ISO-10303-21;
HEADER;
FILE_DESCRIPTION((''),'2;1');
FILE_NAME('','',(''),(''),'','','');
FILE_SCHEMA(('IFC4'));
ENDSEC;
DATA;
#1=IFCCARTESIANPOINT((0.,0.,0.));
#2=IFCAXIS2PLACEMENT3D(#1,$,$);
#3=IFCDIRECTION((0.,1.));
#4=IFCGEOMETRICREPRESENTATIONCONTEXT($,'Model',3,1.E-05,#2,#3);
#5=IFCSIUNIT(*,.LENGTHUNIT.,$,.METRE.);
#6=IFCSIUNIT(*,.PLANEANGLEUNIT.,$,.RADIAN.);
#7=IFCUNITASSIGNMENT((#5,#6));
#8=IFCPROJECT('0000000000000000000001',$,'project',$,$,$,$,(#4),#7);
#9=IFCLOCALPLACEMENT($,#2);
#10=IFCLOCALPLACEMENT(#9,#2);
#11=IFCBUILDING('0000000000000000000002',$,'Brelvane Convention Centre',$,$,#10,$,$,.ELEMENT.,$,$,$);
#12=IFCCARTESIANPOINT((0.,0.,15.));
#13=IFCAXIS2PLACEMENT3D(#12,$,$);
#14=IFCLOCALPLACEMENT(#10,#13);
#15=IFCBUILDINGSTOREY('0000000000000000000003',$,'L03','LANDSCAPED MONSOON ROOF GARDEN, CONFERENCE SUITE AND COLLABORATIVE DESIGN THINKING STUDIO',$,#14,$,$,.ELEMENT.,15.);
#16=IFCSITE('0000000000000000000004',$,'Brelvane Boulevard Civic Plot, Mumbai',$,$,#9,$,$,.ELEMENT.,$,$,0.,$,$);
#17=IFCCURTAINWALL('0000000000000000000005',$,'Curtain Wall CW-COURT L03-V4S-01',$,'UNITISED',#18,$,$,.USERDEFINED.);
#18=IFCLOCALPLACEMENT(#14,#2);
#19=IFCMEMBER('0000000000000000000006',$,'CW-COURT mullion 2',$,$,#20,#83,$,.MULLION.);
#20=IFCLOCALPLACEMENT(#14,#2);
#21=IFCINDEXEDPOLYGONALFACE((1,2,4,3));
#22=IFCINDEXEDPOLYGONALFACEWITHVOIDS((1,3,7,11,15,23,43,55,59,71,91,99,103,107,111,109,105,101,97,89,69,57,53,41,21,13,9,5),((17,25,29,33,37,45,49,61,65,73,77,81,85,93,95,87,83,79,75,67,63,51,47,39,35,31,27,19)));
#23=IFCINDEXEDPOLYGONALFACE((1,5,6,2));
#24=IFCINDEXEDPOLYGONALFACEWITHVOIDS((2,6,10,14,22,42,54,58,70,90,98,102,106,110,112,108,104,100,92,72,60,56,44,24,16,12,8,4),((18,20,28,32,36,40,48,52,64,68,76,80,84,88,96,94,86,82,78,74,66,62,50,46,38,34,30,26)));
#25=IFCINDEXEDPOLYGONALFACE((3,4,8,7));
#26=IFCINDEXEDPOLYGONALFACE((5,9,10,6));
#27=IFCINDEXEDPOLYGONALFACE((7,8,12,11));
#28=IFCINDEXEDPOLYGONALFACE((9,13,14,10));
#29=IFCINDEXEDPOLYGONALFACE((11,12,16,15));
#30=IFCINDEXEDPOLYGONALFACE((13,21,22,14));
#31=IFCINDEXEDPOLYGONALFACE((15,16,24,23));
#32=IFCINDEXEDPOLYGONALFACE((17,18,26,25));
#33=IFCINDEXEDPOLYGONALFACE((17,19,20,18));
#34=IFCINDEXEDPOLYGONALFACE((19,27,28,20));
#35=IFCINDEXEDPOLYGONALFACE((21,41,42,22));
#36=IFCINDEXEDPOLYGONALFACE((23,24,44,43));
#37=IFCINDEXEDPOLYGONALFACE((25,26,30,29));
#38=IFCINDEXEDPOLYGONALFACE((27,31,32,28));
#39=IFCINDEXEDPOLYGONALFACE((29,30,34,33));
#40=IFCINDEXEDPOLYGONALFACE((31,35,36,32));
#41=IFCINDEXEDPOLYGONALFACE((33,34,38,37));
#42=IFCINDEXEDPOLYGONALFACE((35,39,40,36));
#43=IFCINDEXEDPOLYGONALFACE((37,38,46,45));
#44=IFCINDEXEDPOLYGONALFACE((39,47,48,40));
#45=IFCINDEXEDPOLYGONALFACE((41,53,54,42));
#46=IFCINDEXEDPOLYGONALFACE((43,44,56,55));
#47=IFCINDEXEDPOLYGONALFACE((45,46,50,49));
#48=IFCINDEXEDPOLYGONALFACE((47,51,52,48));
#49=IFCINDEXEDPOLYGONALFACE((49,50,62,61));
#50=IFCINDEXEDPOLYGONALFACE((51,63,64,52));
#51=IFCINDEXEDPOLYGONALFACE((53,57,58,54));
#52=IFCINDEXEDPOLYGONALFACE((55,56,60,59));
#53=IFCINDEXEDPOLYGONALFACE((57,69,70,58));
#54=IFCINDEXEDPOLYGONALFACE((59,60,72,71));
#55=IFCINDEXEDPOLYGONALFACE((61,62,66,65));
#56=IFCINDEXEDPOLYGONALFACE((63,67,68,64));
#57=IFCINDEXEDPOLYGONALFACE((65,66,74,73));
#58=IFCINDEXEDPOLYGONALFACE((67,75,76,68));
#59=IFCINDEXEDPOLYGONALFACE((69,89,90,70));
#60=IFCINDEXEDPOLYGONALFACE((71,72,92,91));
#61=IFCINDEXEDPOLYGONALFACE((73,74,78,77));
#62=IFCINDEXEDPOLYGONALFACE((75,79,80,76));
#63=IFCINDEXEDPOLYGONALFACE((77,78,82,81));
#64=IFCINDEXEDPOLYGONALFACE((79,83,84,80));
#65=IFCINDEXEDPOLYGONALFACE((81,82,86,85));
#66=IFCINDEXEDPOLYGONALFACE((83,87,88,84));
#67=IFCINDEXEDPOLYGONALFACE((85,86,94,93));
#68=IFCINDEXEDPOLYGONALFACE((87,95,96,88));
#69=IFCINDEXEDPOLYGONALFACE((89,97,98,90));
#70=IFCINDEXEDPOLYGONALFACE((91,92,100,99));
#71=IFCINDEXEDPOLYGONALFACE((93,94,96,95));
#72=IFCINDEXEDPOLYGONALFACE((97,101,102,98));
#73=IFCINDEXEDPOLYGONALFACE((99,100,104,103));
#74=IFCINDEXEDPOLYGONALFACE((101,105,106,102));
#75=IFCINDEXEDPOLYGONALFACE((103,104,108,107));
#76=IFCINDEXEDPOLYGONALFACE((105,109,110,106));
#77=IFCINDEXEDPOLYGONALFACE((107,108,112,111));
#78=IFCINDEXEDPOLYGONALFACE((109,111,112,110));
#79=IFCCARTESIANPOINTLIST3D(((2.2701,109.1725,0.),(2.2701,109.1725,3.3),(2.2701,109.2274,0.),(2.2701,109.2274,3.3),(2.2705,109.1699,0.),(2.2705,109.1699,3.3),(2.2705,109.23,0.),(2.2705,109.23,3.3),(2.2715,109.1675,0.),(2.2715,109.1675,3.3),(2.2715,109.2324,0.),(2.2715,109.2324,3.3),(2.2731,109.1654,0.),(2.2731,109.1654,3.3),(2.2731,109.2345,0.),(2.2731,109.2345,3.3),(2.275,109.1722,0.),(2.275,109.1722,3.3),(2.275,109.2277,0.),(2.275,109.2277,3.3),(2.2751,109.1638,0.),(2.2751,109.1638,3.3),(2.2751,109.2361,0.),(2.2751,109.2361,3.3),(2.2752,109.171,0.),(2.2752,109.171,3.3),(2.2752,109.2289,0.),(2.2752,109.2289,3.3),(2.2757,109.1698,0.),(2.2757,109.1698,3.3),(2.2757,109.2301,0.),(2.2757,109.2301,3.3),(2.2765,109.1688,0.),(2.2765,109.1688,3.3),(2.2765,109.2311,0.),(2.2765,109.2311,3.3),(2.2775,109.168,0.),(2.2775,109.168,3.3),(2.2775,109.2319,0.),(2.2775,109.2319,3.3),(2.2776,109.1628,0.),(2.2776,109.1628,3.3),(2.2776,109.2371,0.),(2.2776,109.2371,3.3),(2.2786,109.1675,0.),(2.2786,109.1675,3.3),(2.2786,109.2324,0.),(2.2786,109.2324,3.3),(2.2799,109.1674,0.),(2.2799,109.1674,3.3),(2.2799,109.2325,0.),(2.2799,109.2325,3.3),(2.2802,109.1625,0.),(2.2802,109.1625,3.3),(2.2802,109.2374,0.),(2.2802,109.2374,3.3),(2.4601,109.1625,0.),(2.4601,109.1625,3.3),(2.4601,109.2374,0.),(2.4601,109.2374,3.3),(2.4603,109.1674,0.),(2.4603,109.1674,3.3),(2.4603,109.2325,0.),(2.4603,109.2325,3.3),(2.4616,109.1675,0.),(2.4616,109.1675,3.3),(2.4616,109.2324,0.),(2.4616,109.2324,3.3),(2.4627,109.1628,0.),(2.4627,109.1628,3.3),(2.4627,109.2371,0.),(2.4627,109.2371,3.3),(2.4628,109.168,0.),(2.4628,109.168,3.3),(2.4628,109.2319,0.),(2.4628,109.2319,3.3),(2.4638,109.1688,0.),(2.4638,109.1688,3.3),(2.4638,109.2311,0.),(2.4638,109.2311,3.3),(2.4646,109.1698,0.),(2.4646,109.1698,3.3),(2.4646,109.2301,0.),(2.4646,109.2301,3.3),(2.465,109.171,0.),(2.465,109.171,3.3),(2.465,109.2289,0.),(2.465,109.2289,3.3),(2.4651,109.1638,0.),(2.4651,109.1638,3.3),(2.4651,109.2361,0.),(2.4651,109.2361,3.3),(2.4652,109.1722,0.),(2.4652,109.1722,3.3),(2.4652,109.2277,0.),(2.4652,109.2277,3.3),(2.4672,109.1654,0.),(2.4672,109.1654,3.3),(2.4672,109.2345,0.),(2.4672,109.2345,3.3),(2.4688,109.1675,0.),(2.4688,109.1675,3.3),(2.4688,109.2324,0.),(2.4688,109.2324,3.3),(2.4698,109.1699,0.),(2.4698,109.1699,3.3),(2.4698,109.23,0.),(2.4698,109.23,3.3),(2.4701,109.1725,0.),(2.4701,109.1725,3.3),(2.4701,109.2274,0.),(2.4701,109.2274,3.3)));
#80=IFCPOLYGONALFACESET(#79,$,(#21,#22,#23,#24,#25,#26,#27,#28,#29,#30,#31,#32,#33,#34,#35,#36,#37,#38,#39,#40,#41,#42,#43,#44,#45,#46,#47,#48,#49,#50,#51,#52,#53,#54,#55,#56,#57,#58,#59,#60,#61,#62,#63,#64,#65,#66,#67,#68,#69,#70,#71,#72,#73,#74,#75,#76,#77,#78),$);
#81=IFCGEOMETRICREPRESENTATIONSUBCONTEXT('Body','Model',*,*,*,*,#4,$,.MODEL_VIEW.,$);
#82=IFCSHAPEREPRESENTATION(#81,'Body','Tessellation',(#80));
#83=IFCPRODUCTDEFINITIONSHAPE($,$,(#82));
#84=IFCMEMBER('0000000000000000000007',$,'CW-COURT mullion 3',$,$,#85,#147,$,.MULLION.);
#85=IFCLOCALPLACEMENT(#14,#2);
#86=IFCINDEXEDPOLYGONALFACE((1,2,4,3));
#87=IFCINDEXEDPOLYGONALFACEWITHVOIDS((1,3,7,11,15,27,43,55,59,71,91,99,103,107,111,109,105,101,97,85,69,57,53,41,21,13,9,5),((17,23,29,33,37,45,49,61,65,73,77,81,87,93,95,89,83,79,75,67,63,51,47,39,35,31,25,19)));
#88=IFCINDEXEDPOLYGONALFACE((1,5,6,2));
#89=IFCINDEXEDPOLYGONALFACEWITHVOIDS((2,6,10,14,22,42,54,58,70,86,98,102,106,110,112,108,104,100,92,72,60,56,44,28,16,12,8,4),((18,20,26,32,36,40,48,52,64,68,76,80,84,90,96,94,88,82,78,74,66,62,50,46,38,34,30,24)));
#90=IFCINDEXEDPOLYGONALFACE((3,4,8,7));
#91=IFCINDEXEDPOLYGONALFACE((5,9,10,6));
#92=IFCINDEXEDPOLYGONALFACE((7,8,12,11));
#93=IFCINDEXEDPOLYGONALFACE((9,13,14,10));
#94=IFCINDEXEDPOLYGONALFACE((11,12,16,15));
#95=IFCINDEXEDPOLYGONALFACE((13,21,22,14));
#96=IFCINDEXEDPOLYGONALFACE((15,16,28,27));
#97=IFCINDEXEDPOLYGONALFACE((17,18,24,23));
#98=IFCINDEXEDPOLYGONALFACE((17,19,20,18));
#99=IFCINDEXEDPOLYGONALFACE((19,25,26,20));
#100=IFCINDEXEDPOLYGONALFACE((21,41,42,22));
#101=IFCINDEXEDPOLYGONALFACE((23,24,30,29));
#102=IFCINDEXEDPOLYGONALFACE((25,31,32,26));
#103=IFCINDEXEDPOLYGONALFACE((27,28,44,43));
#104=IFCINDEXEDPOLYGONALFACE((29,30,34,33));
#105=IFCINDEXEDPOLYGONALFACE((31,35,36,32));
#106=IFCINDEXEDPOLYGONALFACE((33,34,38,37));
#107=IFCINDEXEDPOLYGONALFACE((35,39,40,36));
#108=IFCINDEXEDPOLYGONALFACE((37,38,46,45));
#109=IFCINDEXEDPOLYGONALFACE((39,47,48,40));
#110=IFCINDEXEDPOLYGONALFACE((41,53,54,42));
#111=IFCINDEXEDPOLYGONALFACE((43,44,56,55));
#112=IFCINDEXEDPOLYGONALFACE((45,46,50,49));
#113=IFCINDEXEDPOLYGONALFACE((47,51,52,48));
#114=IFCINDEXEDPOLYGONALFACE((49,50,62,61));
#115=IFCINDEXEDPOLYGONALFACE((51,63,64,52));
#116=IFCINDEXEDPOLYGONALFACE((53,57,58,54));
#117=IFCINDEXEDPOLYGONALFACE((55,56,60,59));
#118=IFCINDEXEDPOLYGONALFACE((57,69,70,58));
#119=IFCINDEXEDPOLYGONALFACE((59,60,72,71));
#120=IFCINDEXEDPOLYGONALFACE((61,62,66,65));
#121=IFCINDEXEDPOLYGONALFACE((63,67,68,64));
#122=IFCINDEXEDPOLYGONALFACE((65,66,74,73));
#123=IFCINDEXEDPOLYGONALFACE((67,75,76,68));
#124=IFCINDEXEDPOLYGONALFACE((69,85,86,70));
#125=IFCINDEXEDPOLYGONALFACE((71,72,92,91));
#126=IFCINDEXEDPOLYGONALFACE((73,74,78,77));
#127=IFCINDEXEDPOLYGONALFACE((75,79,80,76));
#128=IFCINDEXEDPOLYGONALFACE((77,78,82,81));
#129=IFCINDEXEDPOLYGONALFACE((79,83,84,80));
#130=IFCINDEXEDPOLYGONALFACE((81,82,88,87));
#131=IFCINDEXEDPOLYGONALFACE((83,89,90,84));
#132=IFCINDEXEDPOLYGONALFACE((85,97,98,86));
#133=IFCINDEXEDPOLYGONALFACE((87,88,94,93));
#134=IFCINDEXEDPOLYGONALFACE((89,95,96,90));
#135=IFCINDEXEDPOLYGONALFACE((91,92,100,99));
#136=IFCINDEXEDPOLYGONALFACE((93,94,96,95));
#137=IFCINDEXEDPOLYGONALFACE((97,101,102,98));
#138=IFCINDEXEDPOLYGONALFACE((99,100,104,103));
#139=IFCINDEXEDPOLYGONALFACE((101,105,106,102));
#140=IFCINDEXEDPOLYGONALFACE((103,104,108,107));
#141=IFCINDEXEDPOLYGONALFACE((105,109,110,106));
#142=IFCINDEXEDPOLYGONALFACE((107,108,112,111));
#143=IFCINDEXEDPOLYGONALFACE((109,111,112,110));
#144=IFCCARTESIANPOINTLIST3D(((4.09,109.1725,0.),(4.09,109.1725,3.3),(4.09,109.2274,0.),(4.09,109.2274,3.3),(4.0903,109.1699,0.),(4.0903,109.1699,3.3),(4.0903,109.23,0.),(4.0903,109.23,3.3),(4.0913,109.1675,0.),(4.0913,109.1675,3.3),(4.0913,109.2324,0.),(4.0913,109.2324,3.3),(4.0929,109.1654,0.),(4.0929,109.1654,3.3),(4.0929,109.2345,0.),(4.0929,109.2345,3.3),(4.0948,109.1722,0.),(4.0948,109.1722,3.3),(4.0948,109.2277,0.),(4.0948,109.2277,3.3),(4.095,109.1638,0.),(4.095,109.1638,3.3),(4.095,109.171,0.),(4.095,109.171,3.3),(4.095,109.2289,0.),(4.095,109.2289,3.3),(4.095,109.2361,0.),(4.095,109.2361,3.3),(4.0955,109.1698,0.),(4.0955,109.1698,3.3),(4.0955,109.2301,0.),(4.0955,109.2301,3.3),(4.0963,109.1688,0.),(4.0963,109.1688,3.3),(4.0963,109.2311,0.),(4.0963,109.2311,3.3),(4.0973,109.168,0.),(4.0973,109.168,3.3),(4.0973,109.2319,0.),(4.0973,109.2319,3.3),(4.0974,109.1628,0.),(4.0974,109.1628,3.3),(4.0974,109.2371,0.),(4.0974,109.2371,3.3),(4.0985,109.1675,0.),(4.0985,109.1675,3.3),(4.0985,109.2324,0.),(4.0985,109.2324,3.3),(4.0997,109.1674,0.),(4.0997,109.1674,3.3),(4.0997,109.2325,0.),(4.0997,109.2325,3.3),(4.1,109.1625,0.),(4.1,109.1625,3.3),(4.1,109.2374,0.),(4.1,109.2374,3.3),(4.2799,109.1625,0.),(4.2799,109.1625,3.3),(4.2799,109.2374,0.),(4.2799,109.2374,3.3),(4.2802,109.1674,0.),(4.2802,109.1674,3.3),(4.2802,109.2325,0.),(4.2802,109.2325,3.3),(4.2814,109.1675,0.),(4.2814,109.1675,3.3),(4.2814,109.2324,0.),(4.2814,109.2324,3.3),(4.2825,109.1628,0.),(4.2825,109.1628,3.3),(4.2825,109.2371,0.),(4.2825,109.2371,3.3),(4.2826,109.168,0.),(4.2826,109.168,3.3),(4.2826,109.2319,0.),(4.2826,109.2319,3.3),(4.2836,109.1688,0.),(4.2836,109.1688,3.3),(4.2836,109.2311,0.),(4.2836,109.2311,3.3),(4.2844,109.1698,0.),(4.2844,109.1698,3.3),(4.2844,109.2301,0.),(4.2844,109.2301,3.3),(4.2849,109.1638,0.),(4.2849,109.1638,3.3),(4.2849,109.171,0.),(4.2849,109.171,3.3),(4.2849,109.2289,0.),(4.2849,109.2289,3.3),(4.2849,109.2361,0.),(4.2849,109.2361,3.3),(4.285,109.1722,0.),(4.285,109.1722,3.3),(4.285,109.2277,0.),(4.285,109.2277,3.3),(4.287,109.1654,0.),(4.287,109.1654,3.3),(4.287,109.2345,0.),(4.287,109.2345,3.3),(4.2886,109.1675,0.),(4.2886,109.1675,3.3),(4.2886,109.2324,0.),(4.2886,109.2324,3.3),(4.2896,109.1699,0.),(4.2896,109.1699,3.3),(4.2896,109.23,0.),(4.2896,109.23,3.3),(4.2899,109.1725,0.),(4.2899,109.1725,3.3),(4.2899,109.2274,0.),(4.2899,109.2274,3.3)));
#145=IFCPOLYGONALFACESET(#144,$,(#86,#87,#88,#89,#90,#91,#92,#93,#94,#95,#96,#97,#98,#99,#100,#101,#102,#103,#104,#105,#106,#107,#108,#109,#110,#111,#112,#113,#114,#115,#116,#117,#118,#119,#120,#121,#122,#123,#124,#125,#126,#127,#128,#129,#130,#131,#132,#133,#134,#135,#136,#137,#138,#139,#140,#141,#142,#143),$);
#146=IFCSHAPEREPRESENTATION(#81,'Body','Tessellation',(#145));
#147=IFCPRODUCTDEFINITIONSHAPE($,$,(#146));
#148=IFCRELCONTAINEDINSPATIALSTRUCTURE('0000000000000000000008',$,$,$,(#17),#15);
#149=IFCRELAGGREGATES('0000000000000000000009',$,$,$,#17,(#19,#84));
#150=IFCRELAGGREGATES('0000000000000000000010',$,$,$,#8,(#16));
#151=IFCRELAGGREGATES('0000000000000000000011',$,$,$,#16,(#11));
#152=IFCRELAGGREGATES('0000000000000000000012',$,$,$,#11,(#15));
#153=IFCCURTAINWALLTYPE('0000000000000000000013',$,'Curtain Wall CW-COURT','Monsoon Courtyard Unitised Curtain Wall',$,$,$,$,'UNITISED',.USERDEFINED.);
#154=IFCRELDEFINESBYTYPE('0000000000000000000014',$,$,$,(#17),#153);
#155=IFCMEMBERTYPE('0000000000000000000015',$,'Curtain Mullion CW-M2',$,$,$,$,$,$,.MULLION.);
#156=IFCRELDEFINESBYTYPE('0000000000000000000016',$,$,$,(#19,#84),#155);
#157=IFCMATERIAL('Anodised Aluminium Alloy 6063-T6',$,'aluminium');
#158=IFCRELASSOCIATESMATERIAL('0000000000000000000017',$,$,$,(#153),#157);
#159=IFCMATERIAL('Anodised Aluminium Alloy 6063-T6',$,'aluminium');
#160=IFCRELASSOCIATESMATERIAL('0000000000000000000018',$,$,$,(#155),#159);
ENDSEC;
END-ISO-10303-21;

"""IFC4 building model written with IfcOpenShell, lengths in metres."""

from ifc_helpers import new_model, si_unit, direction, frame, origin, origin_2d, place, context, subcontext, project, spatial, hollow_rectangle, extrude, material, material_profile, profile_set, type_object, element, aggregate, save


model = new_model("IFC4")

# Units and contexts
model_context = context("Model", 3, precision=1e-05, world=origin(), true_north=direction((0.0, 1.0)))
body_context = subcontext(model_context, "Body", "Model", "MODEL_VIEW")
ifc_project = project(units=[si_unit("LENGTHUNIT", "METRE"), si_unit("PLANEANGLEUNIT", "RADIAN")], contexts=[model_context])

# Site, building, storey
site_placement = place(None, origin())
site = spatial("IfcSite", under=ifc_project, at=site_placement, Name="Brelvane Boulevard Civic Plot, Mumbai", CompositionType="ELEMENT", RefElevation=0.0)
building_placement = place(site_placement, origin())
building = spatial("IfcBuilding", under=site, at=building_placement, Name="Brelvane Convention Centre", CompositionType="ELEMENT")
storey_placement = place(building_placement, frame((0.0, 0.0, 15.0)))
storey = spatial("IfcBuildingStorey", under=building, at=storey_placement, Name="L03", Description="LANDSCAPED MONSOON ROOF GARDEN, CONFERENCE SUITE AND COLLABORATIVE DESIGN THINKING STUDIO", CompositionType="ELEMENT", Elevation=15.0)

# Curtain wall, members
ifc_material_1 = material(Name="Anodised Aluminium Alloy 6063-T6", Category="aluminium")
curtain_wall_type = type_object("IfcCurtainWallType", Name="Curtain Wall CW-COURT", Description="Monsoon Courtyard Unitised Curtain Wall", ElementType="UNITISED", PredefinedType="USERDEFINED", material=ifc_material_1)
curtain_wall_placement = place(storey_placement, origin())
curtain_wall = element("IfcCurtainWall", 1, at=curtain_wall_placement, inside=storey, type_object=curtain_wall_type, Name="Curtain Wall CW-COURT L03-V4S-01", ObjectType="UNITISED", PredefinedType="USERDEFINED")
ifc_material_2 = material(Name="Anodised Aluminium Alloy 6063-T6", Category="aluminium")
ifc_material_profile_1 = material_profile(ifc_material_2, hollow_rectangle(XDim=0.075, YDim=0.2, WallThickness=0.0049, InnerFilletRadius=0.0049, OuterFilletRadius=0.01, at=origin_2d()), Name="ALU-M 200x75x5.0")
ifc_profile_set_1 = profile_set([ifc_material_profile_1], Name="Anodised Aluminium Alloy 6063-T6")
member_type_1 = type_object("IfcMemberType", Name="Curtain Mullion CW-M2", PredefinedType="MULLION", material=ifc_profile_set_1)
member_1_placement = place(storey_placement, frame((2.3701, 109.2, 0.0), z_axis=(0.0, 0.0, 1.0), x_axis=(0.0, 1.0, 0.0)))
member_1 = element("IfcMember", 2, at=member_1_placement, type_object=member_type_1, Name="CW-COURT mullion 2", PredefinedType="MULLION", context=body_context, shape_type="SweptSolid", body=[
    extrude(hollow_rectangle(XDim=0.075, YDim=0.2, WallThickness=0.0049, InnerFilletRadius=0.0049, OuterFilletRadius=0.01, at=origin_2d()), origin(), (0.0, 0.0, 1.0), 3.3),
])
member_2_placement = place(storey_placement, frame((4.1899, 109.2, 0.0), z_axis=(0.0, 0.0, 1.0), x_axis=(0.0, 1.0, 0.0)))
member_2 = element("IfcMember", 3, at=member_2_placement, type_object=member_type_1, Name="CW-COURT mullion 3", PredefinedType="MULLION", context=body_context, shape_type="SweptSolid", body=[
    extrude(hollow_rectangle(XDim=0.075, YDim=0.2, WallThickness=0.0049, InnerFilletRadius=0.0049, OuterFilletRadius=0.01, at=origin_2d()), origin(), (0.0, 0.0, 1.0), 3.3),
])

aggregate(curtain_wall, [member_1, member_2])

save(model, "model.ifc")
